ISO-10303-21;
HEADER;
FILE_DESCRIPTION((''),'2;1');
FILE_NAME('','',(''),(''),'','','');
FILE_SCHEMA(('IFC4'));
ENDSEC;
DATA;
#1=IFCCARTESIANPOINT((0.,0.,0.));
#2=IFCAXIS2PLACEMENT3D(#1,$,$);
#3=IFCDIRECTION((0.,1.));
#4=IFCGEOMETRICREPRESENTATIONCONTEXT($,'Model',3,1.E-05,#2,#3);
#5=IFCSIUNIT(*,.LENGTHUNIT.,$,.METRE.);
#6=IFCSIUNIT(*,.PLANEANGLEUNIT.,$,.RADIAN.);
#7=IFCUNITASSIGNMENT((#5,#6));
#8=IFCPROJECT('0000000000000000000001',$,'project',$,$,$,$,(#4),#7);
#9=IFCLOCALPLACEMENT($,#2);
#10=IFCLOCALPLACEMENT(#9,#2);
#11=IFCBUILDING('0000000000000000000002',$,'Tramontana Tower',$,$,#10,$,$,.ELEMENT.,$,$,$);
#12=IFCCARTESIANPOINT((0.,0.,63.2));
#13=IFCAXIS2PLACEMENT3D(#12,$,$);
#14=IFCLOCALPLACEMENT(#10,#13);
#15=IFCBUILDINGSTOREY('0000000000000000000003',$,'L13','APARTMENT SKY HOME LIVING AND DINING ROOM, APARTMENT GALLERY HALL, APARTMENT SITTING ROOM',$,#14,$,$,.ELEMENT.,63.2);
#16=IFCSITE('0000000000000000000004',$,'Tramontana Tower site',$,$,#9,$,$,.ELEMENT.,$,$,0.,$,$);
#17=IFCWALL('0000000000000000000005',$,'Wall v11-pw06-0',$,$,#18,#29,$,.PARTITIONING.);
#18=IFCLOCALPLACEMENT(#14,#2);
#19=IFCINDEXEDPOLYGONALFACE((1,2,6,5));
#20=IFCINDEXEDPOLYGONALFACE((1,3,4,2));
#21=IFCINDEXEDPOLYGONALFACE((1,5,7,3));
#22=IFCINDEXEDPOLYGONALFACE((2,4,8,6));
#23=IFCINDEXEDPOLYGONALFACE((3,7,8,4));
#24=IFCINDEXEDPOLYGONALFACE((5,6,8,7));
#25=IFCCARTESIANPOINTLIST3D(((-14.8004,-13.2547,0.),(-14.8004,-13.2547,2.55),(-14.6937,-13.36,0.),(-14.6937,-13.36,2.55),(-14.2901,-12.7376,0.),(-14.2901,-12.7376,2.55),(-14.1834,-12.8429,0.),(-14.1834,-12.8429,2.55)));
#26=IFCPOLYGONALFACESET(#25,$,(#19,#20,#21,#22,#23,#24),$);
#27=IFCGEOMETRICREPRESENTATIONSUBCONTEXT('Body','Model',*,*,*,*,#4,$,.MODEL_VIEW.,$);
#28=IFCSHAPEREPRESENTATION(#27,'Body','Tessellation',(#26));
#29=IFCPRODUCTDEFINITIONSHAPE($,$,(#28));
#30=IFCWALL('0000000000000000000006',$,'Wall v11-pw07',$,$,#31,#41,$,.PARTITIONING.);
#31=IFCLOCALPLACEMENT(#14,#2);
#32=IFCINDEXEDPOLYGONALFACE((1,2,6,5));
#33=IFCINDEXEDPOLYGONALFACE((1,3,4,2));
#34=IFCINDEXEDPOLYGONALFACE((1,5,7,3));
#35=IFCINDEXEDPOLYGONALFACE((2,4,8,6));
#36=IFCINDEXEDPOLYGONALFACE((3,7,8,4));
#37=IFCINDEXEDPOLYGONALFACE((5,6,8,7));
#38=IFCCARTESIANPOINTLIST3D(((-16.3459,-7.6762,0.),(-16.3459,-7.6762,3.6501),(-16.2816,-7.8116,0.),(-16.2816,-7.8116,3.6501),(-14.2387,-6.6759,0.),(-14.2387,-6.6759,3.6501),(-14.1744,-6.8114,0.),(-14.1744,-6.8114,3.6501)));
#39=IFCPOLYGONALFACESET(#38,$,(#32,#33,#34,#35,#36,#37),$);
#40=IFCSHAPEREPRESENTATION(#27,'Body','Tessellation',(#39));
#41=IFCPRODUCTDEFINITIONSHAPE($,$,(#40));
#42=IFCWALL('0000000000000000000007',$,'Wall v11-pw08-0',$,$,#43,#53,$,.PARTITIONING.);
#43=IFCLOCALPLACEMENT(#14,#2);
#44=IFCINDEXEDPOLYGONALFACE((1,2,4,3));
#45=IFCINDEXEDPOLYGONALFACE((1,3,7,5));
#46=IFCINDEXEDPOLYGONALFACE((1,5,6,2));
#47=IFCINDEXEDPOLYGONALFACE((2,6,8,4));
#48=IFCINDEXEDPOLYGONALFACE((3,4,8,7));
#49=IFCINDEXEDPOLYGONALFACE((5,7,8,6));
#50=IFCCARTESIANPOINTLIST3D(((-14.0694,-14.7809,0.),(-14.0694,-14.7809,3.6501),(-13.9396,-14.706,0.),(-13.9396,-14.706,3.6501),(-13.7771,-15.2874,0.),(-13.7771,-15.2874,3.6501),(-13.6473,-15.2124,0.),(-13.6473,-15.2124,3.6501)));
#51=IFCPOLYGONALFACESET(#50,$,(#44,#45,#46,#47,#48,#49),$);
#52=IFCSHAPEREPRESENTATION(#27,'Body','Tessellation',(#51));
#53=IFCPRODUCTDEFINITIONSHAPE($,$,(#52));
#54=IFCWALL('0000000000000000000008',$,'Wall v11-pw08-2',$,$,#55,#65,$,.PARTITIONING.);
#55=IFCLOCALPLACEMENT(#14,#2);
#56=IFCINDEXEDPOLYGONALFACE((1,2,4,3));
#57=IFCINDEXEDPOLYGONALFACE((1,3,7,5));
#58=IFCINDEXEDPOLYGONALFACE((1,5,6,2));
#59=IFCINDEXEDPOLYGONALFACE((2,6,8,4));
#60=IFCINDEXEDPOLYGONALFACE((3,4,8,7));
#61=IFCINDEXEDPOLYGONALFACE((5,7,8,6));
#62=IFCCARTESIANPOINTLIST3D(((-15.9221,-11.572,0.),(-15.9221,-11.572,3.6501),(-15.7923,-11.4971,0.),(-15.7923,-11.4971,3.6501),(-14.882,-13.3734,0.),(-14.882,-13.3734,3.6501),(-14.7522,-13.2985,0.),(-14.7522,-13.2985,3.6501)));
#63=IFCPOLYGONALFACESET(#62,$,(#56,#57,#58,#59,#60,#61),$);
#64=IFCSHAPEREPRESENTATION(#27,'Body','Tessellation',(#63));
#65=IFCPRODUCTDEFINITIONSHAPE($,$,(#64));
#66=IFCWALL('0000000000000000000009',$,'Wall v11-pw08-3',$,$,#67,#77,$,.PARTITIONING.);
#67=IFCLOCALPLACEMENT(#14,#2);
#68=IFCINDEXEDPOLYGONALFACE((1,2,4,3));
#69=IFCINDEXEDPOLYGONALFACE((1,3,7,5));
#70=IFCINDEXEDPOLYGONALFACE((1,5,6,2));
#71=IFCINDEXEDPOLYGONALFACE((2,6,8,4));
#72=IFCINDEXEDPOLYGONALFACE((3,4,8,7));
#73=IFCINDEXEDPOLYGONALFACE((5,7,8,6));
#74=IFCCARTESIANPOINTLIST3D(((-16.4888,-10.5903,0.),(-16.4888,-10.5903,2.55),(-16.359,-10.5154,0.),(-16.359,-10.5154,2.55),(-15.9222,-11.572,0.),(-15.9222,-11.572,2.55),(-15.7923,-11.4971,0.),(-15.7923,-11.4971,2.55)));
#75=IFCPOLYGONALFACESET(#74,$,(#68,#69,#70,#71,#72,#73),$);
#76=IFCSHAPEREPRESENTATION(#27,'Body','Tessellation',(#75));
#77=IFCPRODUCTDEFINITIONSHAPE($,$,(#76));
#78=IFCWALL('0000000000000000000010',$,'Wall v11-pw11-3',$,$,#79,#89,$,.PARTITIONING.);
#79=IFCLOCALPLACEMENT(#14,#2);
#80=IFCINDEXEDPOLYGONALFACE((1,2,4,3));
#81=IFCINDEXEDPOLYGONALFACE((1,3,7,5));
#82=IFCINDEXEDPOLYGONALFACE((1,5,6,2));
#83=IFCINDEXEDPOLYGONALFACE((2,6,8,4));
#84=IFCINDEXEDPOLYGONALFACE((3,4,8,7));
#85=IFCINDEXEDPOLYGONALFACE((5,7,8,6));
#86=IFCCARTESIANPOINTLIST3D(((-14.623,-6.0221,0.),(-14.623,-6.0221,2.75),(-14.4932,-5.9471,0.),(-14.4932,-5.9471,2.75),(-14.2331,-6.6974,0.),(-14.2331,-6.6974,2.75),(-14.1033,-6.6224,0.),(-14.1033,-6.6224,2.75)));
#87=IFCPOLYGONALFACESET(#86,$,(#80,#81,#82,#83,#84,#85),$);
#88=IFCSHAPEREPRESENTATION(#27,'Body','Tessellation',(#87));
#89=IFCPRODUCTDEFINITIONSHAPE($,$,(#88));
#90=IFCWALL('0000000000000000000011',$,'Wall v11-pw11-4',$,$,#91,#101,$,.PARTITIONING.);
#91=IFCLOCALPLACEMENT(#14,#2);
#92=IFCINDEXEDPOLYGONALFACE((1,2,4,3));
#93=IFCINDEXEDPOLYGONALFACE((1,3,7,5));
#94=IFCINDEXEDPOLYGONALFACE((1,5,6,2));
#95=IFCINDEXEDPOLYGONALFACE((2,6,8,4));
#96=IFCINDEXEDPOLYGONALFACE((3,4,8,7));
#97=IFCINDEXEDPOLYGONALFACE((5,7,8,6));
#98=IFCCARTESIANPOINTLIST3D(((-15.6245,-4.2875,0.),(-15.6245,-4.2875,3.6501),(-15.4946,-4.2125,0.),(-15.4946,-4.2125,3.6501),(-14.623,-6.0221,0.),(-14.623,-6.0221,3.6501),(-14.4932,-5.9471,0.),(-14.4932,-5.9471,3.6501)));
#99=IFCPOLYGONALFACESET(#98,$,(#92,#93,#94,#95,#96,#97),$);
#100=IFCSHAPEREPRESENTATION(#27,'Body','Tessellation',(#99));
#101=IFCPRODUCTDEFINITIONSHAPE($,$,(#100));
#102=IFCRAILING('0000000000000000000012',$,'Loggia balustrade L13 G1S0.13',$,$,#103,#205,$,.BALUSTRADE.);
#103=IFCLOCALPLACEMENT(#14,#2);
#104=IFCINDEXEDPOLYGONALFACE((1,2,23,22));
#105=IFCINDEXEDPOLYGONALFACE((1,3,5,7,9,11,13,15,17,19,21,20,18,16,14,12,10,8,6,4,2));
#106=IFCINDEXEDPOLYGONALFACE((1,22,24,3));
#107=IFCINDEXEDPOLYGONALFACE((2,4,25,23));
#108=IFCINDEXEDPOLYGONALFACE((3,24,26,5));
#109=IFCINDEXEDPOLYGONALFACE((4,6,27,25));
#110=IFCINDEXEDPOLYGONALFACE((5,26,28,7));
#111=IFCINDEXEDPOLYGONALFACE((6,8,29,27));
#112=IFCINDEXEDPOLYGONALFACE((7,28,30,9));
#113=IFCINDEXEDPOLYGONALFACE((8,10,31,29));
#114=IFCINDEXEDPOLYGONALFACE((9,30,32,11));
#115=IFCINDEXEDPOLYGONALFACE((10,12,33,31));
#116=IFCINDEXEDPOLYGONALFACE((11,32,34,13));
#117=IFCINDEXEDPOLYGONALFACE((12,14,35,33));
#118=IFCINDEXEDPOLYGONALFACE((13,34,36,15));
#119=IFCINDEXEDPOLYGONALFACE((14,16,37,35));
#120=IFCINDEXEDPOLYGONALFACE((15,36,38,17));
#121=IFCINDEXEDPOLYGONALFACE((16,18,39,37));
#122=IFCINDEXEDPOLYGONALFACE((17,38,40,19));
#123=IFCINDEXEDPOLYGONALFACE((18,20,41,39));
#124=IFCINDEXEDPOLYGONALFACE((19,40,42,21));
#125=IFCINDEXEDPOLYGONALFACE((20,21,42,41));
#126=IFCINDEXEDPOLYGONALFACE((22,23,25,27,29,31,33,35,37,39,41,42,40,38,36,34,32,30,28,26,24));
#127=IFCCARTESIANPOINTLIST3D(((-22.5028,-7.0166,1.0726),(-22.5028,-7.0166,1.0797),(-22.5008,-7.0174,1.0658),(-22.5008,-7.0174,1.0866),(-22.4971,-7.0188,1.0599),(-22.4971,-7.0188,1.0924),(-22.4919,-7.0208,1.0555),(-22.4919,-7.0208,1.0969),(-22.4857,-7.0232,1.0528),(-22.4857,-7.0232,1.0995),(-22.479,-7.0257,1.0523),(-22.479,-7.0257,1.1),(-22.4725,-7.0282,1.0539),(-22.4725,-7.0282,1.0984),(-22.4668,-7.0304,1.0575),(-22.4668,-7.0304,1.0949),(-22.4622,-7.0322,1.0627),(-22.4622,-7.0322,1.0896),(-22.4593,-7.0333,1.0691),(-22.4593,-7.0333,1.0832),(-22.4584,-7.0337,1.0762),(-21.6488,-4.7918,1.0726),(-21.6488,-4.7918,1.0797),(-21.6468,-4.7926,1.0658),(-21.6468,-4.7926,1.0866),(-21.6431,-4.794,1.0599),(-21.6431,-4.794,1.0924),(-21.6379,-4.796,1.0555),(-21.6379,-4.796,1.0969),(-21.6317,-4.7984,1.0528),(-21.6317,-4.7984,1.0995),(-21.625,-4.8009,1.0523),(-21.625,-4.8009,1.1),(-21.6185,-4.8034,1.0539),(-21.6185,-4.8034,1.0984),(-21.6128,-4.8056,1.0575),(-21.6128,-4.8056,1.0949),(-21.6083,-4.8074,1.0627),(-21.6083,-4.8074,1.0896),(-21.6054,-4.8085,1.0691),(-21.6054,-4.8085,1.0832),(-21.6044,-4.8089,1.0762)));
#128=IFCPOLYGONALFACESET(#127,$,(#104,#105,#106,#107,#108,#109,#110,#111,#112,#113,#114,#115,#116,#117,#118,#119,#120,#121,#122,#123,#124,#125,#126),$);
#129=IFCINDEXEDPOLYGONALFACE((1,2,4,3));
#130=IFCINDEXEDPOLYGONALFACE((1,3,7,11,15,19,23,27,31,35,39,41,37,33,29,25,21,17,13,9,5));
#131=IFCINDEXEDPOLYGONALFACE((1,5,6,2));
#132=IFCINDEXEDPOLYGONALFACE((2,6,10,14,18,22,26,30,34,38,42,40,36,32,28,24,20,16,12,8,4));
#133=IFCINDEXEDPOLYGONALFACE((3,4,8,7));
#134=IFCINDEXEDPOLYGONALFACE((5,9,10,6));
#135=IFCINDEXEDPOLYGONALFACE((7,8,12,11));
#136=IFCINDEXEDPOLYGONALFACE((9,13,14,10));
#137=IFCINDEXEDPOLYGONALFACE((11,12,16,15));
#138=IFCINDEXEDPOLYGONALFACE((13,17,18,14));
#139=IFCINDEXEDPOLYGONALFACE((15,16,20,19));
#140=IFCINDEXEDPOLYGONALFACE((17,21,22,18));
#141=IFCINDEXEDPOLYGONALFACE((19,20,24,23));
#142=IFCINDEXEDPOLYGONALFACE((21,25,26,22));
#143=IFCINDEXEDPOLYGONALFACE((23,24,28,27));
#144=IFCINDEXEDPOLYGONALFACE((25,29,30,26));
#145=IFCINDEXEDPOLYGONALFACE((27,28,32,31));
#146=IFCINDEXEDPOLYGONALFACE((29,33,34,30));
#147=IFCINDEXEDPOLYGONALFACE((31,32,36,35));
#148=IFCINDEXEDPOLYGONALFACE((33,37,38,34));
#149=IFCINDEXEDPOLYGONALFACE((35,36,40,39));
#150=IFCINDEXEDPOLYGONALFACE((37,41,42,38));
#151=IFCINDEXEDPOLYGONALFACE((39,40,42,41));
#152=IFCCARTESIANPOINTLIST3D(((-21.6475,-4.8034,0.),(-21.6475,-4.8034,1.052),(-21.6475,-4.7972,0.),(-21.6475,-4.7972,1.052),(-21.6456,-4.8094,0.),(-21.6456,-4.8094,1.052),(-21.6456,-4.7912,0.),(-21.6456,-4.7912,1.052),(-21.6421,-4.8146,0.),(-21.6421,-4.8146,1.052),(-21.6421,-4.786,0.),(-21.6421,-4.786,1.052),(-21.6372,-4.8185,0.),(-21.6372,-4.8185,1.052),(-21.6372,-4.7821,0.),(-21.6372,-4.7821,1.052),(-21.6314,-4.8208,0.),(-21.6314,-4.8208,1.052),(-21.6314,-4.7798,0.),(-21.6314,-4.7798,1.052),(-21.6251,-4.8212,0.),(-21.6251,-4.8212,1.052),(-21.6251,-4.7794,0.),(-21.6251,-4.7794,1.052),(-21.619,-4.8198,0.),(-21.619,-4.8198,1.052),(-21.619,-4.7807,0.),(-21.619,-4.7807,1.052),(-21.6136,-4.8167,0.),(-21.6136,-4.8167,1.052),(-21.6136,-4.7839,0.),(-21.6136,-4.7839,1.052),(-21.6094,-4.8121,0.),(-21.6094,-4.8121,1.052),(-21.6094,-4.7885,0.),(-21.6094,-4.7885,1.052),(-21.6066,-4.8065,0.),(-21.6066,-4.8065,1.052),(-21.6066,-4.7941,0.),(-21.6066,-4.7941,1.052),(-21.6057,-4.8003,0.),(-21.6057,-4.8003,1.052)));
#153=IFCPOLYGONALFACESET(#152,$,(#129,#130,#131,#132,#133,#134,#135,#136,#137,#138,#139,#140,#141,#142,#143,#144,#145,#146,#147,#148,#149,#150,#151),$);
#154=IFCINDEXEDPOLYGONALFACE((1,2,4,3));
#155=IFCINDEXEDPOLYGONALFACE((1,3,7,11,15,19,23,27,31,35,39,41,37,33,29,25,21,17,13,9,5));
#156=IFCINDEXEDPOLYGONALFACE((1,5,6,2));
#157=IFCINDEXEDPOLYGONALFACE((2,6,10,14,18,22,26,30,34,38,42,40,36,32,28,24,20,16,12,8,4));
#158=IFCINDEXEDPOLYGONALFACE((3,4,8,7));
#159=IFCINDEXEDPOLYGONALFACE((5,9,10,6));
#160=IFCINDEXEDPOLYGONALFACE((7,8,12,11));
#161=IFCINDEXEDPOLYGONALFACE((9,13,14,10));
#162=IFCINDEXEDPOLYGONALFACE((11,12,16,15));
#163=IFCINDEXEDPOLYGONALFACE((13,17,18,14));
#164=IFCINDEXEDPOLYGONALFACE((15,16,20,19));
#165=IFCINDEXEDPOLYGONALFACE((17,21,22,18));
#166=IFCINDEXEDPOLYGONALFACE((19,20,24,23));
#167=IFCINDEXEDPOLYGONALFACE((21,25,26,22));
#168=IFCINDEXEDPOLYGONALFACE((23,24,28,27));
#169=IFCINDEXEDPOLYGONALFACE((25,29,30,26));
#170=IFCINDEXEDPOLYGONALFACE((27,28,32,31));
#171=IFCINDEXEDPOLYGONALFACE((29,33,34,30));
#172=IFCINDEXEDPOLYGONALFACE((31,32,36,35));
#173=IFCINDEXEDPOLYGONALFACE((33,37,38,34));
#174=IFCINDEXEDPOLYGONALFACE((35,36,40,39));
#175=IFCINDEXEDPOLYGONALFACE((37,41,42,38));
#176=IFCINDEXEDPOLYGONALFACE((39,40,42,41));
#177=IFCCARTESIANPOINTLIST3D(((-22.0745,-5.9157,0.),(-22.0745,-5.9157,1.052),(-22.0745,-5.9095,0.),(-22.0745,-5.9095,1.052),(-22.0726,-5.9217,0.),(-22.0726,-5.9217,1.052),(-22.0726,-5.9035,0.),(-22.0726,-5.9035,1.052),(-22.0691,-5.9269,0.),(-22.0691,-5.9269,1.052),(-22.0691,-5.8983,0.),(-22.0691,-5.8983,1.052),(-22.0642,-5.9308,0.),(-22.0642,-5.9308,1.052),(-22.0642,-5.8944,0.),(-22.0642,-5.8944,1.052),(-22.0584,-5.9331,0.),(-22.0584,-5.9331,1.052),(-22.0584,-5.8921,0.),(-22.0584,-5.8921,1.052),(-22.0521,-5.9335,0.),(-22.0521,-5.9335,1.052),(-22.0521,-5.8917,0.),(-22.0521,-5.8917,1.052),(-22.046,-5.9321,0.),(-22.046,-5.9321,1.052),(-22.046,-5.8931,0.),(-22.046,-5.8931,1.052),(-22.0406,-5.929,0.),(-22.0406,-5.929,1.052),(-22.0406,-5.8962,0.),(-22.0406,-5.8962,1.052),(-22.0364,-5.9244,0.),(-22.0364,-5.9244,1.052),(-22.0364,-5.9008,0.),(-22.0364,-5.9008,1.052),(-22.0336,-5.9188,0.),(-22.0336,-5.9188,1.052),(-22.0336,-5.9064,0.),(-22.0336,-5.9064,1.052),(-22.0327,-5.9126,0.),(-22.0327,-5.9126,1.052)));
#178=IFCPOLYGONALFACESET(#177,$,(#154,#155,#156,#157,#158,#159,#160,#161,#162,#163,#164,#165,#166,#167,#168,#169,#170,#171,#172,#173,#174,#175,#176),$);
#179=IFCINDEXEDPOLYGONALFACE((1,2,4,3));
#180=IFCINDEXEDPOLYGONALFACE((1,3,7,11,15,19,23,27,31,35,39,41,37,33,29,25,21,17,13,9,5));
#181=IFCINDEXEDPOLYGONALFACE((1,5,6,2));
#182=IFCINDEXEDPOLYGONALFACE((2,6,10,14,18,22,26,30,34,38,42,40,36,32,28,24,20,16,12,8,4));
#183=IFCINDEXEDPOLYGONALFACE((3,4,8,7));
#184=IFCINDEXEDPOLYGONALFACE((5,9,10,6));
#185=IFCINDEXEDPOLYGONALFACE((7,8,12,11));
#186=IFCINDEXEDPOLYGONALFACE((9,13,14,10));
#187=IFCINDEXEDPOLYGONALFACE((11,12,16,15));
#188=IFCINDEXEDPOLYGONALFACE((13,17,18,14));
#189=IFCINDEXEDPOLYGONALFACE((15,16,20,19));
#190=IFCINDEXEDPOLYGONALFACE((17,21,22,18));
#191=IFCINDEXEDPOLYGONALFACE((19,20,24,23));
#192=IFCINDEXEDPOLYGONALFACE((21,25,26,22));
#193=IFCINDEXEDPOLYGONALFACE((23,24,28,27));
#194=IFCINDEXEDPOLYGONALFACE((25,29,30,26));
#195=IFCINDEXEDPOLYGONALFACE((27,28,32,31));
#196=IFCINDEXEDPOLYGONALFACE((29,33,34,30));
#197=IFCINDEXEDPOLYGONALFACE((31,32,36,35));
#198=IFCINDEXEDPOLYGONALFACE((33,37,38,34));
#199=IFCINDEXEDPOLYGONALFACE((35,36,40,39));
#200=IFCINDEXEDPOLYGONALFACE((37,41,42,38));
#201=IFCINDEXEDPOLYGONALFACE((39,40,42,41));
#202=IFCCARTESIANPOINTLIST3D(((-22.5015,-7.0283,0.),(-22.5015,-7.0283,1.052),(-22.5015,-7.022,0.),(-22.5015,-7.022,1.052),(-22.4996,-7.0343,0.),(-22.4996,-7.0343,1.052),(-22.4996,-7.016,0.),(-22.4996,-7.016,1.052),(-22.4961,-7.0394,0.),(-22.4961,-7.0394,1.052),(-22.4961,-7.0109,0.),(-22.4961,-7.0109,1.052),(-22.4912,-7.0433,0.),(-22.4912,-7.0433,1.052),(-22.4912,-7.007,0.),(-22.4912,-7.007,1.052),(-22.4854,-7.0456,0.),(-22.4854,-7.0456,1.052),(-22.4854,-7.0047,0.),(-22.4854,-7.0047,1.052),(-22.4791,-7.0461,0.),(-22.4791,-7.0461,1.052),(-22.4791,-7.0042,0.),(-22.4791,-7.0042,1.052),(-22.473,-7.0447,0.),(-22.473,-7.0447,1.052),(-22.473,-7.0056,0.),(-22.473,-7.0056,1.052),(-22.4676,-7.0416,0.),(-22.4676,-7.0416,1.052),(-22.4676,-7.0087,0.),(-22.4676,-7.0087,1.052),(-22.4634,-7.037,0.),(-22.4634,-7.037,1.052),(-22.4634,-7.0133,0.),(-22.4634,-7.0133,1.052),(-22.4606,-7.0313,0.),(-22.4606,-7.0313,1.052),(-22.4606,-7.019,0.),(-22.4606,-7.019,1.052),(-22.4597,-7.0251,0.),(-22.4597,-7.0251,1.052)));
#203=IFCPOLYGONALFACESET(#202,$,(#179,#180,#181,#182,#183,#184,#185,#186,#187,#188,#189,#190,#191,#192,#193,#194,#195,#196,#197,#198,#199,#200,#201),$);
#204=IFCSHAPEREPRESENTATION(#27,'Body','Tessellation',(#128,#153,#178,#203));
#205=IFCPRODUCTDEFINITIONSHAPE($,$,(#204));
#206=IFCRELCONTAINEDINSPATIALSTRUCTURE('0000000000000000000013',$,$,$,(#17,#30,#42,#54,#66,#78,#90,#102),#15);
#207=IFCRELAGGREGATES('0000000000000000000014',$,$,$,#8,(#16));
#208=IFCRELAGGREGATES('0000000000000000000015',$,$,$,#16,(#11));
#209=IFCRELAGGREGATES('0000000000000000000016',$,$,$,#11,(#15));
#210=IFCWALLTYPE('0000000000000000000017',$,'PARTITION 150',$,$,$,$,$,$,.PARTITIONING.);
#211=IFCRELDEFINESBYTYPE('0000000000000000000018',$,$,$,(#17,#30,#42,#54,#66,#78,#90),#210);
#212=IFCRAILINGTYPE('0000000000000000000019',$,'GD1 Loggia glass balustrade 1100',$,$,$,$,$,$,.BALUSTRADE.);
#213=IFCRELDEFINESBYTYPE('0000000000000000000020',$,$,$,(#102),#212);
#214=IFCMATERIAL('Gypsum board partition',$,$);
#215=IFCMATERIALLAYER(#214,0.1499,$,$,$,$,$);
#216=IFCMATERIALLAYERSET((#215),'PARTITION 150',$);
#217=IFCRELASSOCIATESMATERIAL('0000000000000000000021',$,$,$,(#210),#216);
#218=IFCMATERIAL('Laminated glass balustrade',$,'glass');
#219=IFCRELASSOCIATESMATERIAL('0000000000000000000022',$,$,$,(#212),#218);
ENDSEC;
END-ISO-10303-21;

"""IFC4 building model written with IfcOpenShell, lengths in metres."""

from ifc_helpers import new_model, si_unit, direction, frame, frame_2d, origin, origin_2d, place, context, subcontext, project, spatial, rectangle, circle, extrude, material, layer, layer_set, type_object, element, save


model = new_model("IFC4")

# Units and contexts
model_context = context("Model", 3, precision=1e-05, world=origin(), true_north=direction((0.0, 1.0)))
body_context = subcontext(model_context, "Body", "Model", "MODEL_VIEW")
ifc_project = project(units=[si_unit("LENGTHUNIT", "METRE"), si_unit("PLANEANGLEUNIT", "RADIAN")], contexts=[model_context])

# Site, building, storey
site_placement = place(None, origin())
site = spatial("IfcSite", under=ifc_project, at=site_placement, Name="Tramontana Tower site", CompositionType="ELEMENT", RefElevation=0.0)
building_placement = place(site_placement, origin())
building = spatial("IfcBuilding", under=site, at=building_placement, Name="Tramontana Tower", CompositionType="ELEMENT")
storey_placement = place(building_placement, frame((0.0, 0.0, 63.2)))
storey = spatial("IfcBuildingStorey", under=building, at=storey_placement, Name="L13", Description="APARTMENT SKY HOME LIVING AND DINING ROOM, APARTMENT GALLERY HALL, APARTMENT SITTING ROOM", CompositionType="ELEMENT", Elevation=63.2)

# Shared definitions
ifc_material_1 = material(Name="Gypsum board partition")
ifc_layer_1 = layer(ifc_material_1, 0.1499)
ifc_layer_set_1 = layer_set([ifc_layer_1], Name="PARTITION 150")
wall_type_1 = type_object("IfcWallType", Name="PARTITION 150", PredefinedType="PARTITIONING", material=ifc_layer_set_1)

# Wall
wall_1_placement = place(storey_placement, frame((-14.7471, -13.3074, 0.0), z_axis=(0.0, 0.0, 1.0), x_axis=(0.702386, 0.711796, 0.0)))
element("IfcWall", 1, at=wall_1_placement, inside=storey, type_object=wall_type_1, Name="Wall v11-pw06-0", PredefinedType="PARTITIONING", context=body_context, shape_type="SweptSolid", body=[
    extrude(rectangle(XDim=0.7266, YDim=0.1499, at=frame_2d((0.3633, 0.0))), origin(), (0.0, 0.0, 1.0), 2.55),
])

# Walls
wall_2_placement = place(storey_placement, frame((-14.2065, -6.7437, 0.0), z_axis=(0.0, 0.0, 1.0), x_axis=(-0.903388, -0.428824, 0.0)))
element("IfcWall", 2, at=wall_2_placement, inside=storey, type_object=wall_type_1, Name="Wall v11-pw07", PredefinedType="PARTITIONING", context=body_context, shape_type="SweptSolid", body=[
    extrude(rectangle(XDim=2.3325, YDim=0.1499, at=frame_2d((1.1663, 0.0))), origin(), (0.0, 0.0, 1.0), 3.6501),
])
wall_3_placement = place(storey_placement, frame((-13.7122, -15.25, 0.0), z_axis=(0.0, 0.0, 1.0), x_axis=(-0.499867, 0.866102, 0.0)))
element("IfcWall", 3, at=wall_3_placement, inside=storey, type_object=wall_type_1, Name="Wall v11-pw08-0", PredefinedType="PARTITIONING", context=body_context, shape_type="SweptSolid", body=[
    extrude(rectangle(XDim=0.5847, YDim=0.1499, at=frame_2d((0.2925, 0.0))), origin(), (0.0, 0.0, 1.0), 3.6501),
])

# Walls
wall_4_placement = place(storey_placement, frame((-14.8171, -13.3359, 0.0), z_axis=(0.0, 0.0, 1.0), x_axis=(-0.500027, 0.86601, 0.0)))
element("IfcWall", 4, at=wall_4_placement, inside=storey, type_object=wall_type_1, Name="Wall v11-pw08-2", PredefinedType="PARTITIONING", context=body_context, shape_type="SweptSolid", body=[
    extrude(rectangle(XDim=2.0801, YDim=0.1499, at=frame_2d((1.04, 0.0))), origin(), (0.0, 0.0, 1.0), 3.6501),
])
wall_5_placement = place(storey_placement, frame((-15.8572, -11.5347, 0.0), z_axis=(0.0, 0.0, 1.0), x_axis=(-0.499915, 0.866074, 0.0)))
element("IfcWall", 5, at=wall_5_placement, inside=storey, type_object=wall_type_1, Name="Wall v11-pw08-3", PredefinedType="PARTITIONING", context=body_context, shape_type="SweptSolid", body=[
    extrude(rectangle(XDim=1.1335, YDim=0.1499, at=frame_2d((0.5669, 0.0))), origin(), (0.0, 0.0, 1.0), 2.55),
])
wall_6_placement = place(storey_placement, frame((-14.1682, -6.6599, 0.0), z_axis=(0.0, 0.0, 1.0), x_axis=(-0.500012, 0.866019, 0.0)))
element("IfcWall", 6, at=wall_6_placement, inside=storey, type_object=wall_type_1, Name="Wall v11-pw11-3", PredefinedType="PARTITIONING", context=body_context, shape_type="SweptSolid", body=[
    extrude(rectangle(XDim=0.7798, YDim=0.1499, at=frame_2d((0.3899, 0.0))), origin(), (0.0, 0.0, 1.0), 2.75),
])
wall_7_placement = place(storey_placement, frame((-14.5581, -5.9846, 0.0), z_axis=(0.0, 0.0, 1.0), x_axis=(-0.499993, 0.866029, 0.0)))
element("IfcWall", 7, at=wall_7_placement, inside=storey, type_object=wall_type_1, Name="Wall v11-pw11-4", PredefinedType="PARTITIONING", context=body_context, shape_type="SweptSolid", body=[
    extrude(rectangle(XDim=2.0029, YDim=0.1499, at=frame_2d((1.0015, 0.0))), origin(), (0.0, 0.0, 1.0), 3.6501),
])

# Railing
ifc_material_2 = material(Name="Laminated glass balustrade", Category="glass")
railing_type = type_object("IfcRailingType", Name="GD1 Loggia glass balustrade 1100", PredefinedType="BALUSTRADE", material=ifc_material_2)
railing_1_placement = place(storey_placement, frame((-21.6267, -4.8003, 0.0)))
element("IfcRailing", 8, at=railing_1_placement, inside=storey, type_object=railing_type, Name="Loggia balustrade L13 G1S0.13", PredefinedType="BALUSTRADE", context=body_context, shape_type="SweptSolid", body=[
    extrude(circle(Radius=0.0239, at=origin_2d()), frame((0.0, 0.0, 1.0762), z_axis=(-0.358354, -0.933586, 0.0), x_axis=(0.933586, -0.358354, 0.0)), (0.0, 0.0, 1.0), 2.3831),
    extrude(circle(Radius=0.021, at=origin_2d()), origin(), (0.0, 0.0, 1.0), 1.052),
    extrude(circle(Radius=0.021, at=origin_2d()), frame((-0.427, -1.1123, 0.0)), (0.0, 0.0, 1.0), 1.052),
    extrude(circle(Radius=0.021, at=origin_2d()), frame((-0.854, -2.2249, 0.0)), (0.0, 0.0, 1.0), 1.052),
])

save(model, "model.ifc")
